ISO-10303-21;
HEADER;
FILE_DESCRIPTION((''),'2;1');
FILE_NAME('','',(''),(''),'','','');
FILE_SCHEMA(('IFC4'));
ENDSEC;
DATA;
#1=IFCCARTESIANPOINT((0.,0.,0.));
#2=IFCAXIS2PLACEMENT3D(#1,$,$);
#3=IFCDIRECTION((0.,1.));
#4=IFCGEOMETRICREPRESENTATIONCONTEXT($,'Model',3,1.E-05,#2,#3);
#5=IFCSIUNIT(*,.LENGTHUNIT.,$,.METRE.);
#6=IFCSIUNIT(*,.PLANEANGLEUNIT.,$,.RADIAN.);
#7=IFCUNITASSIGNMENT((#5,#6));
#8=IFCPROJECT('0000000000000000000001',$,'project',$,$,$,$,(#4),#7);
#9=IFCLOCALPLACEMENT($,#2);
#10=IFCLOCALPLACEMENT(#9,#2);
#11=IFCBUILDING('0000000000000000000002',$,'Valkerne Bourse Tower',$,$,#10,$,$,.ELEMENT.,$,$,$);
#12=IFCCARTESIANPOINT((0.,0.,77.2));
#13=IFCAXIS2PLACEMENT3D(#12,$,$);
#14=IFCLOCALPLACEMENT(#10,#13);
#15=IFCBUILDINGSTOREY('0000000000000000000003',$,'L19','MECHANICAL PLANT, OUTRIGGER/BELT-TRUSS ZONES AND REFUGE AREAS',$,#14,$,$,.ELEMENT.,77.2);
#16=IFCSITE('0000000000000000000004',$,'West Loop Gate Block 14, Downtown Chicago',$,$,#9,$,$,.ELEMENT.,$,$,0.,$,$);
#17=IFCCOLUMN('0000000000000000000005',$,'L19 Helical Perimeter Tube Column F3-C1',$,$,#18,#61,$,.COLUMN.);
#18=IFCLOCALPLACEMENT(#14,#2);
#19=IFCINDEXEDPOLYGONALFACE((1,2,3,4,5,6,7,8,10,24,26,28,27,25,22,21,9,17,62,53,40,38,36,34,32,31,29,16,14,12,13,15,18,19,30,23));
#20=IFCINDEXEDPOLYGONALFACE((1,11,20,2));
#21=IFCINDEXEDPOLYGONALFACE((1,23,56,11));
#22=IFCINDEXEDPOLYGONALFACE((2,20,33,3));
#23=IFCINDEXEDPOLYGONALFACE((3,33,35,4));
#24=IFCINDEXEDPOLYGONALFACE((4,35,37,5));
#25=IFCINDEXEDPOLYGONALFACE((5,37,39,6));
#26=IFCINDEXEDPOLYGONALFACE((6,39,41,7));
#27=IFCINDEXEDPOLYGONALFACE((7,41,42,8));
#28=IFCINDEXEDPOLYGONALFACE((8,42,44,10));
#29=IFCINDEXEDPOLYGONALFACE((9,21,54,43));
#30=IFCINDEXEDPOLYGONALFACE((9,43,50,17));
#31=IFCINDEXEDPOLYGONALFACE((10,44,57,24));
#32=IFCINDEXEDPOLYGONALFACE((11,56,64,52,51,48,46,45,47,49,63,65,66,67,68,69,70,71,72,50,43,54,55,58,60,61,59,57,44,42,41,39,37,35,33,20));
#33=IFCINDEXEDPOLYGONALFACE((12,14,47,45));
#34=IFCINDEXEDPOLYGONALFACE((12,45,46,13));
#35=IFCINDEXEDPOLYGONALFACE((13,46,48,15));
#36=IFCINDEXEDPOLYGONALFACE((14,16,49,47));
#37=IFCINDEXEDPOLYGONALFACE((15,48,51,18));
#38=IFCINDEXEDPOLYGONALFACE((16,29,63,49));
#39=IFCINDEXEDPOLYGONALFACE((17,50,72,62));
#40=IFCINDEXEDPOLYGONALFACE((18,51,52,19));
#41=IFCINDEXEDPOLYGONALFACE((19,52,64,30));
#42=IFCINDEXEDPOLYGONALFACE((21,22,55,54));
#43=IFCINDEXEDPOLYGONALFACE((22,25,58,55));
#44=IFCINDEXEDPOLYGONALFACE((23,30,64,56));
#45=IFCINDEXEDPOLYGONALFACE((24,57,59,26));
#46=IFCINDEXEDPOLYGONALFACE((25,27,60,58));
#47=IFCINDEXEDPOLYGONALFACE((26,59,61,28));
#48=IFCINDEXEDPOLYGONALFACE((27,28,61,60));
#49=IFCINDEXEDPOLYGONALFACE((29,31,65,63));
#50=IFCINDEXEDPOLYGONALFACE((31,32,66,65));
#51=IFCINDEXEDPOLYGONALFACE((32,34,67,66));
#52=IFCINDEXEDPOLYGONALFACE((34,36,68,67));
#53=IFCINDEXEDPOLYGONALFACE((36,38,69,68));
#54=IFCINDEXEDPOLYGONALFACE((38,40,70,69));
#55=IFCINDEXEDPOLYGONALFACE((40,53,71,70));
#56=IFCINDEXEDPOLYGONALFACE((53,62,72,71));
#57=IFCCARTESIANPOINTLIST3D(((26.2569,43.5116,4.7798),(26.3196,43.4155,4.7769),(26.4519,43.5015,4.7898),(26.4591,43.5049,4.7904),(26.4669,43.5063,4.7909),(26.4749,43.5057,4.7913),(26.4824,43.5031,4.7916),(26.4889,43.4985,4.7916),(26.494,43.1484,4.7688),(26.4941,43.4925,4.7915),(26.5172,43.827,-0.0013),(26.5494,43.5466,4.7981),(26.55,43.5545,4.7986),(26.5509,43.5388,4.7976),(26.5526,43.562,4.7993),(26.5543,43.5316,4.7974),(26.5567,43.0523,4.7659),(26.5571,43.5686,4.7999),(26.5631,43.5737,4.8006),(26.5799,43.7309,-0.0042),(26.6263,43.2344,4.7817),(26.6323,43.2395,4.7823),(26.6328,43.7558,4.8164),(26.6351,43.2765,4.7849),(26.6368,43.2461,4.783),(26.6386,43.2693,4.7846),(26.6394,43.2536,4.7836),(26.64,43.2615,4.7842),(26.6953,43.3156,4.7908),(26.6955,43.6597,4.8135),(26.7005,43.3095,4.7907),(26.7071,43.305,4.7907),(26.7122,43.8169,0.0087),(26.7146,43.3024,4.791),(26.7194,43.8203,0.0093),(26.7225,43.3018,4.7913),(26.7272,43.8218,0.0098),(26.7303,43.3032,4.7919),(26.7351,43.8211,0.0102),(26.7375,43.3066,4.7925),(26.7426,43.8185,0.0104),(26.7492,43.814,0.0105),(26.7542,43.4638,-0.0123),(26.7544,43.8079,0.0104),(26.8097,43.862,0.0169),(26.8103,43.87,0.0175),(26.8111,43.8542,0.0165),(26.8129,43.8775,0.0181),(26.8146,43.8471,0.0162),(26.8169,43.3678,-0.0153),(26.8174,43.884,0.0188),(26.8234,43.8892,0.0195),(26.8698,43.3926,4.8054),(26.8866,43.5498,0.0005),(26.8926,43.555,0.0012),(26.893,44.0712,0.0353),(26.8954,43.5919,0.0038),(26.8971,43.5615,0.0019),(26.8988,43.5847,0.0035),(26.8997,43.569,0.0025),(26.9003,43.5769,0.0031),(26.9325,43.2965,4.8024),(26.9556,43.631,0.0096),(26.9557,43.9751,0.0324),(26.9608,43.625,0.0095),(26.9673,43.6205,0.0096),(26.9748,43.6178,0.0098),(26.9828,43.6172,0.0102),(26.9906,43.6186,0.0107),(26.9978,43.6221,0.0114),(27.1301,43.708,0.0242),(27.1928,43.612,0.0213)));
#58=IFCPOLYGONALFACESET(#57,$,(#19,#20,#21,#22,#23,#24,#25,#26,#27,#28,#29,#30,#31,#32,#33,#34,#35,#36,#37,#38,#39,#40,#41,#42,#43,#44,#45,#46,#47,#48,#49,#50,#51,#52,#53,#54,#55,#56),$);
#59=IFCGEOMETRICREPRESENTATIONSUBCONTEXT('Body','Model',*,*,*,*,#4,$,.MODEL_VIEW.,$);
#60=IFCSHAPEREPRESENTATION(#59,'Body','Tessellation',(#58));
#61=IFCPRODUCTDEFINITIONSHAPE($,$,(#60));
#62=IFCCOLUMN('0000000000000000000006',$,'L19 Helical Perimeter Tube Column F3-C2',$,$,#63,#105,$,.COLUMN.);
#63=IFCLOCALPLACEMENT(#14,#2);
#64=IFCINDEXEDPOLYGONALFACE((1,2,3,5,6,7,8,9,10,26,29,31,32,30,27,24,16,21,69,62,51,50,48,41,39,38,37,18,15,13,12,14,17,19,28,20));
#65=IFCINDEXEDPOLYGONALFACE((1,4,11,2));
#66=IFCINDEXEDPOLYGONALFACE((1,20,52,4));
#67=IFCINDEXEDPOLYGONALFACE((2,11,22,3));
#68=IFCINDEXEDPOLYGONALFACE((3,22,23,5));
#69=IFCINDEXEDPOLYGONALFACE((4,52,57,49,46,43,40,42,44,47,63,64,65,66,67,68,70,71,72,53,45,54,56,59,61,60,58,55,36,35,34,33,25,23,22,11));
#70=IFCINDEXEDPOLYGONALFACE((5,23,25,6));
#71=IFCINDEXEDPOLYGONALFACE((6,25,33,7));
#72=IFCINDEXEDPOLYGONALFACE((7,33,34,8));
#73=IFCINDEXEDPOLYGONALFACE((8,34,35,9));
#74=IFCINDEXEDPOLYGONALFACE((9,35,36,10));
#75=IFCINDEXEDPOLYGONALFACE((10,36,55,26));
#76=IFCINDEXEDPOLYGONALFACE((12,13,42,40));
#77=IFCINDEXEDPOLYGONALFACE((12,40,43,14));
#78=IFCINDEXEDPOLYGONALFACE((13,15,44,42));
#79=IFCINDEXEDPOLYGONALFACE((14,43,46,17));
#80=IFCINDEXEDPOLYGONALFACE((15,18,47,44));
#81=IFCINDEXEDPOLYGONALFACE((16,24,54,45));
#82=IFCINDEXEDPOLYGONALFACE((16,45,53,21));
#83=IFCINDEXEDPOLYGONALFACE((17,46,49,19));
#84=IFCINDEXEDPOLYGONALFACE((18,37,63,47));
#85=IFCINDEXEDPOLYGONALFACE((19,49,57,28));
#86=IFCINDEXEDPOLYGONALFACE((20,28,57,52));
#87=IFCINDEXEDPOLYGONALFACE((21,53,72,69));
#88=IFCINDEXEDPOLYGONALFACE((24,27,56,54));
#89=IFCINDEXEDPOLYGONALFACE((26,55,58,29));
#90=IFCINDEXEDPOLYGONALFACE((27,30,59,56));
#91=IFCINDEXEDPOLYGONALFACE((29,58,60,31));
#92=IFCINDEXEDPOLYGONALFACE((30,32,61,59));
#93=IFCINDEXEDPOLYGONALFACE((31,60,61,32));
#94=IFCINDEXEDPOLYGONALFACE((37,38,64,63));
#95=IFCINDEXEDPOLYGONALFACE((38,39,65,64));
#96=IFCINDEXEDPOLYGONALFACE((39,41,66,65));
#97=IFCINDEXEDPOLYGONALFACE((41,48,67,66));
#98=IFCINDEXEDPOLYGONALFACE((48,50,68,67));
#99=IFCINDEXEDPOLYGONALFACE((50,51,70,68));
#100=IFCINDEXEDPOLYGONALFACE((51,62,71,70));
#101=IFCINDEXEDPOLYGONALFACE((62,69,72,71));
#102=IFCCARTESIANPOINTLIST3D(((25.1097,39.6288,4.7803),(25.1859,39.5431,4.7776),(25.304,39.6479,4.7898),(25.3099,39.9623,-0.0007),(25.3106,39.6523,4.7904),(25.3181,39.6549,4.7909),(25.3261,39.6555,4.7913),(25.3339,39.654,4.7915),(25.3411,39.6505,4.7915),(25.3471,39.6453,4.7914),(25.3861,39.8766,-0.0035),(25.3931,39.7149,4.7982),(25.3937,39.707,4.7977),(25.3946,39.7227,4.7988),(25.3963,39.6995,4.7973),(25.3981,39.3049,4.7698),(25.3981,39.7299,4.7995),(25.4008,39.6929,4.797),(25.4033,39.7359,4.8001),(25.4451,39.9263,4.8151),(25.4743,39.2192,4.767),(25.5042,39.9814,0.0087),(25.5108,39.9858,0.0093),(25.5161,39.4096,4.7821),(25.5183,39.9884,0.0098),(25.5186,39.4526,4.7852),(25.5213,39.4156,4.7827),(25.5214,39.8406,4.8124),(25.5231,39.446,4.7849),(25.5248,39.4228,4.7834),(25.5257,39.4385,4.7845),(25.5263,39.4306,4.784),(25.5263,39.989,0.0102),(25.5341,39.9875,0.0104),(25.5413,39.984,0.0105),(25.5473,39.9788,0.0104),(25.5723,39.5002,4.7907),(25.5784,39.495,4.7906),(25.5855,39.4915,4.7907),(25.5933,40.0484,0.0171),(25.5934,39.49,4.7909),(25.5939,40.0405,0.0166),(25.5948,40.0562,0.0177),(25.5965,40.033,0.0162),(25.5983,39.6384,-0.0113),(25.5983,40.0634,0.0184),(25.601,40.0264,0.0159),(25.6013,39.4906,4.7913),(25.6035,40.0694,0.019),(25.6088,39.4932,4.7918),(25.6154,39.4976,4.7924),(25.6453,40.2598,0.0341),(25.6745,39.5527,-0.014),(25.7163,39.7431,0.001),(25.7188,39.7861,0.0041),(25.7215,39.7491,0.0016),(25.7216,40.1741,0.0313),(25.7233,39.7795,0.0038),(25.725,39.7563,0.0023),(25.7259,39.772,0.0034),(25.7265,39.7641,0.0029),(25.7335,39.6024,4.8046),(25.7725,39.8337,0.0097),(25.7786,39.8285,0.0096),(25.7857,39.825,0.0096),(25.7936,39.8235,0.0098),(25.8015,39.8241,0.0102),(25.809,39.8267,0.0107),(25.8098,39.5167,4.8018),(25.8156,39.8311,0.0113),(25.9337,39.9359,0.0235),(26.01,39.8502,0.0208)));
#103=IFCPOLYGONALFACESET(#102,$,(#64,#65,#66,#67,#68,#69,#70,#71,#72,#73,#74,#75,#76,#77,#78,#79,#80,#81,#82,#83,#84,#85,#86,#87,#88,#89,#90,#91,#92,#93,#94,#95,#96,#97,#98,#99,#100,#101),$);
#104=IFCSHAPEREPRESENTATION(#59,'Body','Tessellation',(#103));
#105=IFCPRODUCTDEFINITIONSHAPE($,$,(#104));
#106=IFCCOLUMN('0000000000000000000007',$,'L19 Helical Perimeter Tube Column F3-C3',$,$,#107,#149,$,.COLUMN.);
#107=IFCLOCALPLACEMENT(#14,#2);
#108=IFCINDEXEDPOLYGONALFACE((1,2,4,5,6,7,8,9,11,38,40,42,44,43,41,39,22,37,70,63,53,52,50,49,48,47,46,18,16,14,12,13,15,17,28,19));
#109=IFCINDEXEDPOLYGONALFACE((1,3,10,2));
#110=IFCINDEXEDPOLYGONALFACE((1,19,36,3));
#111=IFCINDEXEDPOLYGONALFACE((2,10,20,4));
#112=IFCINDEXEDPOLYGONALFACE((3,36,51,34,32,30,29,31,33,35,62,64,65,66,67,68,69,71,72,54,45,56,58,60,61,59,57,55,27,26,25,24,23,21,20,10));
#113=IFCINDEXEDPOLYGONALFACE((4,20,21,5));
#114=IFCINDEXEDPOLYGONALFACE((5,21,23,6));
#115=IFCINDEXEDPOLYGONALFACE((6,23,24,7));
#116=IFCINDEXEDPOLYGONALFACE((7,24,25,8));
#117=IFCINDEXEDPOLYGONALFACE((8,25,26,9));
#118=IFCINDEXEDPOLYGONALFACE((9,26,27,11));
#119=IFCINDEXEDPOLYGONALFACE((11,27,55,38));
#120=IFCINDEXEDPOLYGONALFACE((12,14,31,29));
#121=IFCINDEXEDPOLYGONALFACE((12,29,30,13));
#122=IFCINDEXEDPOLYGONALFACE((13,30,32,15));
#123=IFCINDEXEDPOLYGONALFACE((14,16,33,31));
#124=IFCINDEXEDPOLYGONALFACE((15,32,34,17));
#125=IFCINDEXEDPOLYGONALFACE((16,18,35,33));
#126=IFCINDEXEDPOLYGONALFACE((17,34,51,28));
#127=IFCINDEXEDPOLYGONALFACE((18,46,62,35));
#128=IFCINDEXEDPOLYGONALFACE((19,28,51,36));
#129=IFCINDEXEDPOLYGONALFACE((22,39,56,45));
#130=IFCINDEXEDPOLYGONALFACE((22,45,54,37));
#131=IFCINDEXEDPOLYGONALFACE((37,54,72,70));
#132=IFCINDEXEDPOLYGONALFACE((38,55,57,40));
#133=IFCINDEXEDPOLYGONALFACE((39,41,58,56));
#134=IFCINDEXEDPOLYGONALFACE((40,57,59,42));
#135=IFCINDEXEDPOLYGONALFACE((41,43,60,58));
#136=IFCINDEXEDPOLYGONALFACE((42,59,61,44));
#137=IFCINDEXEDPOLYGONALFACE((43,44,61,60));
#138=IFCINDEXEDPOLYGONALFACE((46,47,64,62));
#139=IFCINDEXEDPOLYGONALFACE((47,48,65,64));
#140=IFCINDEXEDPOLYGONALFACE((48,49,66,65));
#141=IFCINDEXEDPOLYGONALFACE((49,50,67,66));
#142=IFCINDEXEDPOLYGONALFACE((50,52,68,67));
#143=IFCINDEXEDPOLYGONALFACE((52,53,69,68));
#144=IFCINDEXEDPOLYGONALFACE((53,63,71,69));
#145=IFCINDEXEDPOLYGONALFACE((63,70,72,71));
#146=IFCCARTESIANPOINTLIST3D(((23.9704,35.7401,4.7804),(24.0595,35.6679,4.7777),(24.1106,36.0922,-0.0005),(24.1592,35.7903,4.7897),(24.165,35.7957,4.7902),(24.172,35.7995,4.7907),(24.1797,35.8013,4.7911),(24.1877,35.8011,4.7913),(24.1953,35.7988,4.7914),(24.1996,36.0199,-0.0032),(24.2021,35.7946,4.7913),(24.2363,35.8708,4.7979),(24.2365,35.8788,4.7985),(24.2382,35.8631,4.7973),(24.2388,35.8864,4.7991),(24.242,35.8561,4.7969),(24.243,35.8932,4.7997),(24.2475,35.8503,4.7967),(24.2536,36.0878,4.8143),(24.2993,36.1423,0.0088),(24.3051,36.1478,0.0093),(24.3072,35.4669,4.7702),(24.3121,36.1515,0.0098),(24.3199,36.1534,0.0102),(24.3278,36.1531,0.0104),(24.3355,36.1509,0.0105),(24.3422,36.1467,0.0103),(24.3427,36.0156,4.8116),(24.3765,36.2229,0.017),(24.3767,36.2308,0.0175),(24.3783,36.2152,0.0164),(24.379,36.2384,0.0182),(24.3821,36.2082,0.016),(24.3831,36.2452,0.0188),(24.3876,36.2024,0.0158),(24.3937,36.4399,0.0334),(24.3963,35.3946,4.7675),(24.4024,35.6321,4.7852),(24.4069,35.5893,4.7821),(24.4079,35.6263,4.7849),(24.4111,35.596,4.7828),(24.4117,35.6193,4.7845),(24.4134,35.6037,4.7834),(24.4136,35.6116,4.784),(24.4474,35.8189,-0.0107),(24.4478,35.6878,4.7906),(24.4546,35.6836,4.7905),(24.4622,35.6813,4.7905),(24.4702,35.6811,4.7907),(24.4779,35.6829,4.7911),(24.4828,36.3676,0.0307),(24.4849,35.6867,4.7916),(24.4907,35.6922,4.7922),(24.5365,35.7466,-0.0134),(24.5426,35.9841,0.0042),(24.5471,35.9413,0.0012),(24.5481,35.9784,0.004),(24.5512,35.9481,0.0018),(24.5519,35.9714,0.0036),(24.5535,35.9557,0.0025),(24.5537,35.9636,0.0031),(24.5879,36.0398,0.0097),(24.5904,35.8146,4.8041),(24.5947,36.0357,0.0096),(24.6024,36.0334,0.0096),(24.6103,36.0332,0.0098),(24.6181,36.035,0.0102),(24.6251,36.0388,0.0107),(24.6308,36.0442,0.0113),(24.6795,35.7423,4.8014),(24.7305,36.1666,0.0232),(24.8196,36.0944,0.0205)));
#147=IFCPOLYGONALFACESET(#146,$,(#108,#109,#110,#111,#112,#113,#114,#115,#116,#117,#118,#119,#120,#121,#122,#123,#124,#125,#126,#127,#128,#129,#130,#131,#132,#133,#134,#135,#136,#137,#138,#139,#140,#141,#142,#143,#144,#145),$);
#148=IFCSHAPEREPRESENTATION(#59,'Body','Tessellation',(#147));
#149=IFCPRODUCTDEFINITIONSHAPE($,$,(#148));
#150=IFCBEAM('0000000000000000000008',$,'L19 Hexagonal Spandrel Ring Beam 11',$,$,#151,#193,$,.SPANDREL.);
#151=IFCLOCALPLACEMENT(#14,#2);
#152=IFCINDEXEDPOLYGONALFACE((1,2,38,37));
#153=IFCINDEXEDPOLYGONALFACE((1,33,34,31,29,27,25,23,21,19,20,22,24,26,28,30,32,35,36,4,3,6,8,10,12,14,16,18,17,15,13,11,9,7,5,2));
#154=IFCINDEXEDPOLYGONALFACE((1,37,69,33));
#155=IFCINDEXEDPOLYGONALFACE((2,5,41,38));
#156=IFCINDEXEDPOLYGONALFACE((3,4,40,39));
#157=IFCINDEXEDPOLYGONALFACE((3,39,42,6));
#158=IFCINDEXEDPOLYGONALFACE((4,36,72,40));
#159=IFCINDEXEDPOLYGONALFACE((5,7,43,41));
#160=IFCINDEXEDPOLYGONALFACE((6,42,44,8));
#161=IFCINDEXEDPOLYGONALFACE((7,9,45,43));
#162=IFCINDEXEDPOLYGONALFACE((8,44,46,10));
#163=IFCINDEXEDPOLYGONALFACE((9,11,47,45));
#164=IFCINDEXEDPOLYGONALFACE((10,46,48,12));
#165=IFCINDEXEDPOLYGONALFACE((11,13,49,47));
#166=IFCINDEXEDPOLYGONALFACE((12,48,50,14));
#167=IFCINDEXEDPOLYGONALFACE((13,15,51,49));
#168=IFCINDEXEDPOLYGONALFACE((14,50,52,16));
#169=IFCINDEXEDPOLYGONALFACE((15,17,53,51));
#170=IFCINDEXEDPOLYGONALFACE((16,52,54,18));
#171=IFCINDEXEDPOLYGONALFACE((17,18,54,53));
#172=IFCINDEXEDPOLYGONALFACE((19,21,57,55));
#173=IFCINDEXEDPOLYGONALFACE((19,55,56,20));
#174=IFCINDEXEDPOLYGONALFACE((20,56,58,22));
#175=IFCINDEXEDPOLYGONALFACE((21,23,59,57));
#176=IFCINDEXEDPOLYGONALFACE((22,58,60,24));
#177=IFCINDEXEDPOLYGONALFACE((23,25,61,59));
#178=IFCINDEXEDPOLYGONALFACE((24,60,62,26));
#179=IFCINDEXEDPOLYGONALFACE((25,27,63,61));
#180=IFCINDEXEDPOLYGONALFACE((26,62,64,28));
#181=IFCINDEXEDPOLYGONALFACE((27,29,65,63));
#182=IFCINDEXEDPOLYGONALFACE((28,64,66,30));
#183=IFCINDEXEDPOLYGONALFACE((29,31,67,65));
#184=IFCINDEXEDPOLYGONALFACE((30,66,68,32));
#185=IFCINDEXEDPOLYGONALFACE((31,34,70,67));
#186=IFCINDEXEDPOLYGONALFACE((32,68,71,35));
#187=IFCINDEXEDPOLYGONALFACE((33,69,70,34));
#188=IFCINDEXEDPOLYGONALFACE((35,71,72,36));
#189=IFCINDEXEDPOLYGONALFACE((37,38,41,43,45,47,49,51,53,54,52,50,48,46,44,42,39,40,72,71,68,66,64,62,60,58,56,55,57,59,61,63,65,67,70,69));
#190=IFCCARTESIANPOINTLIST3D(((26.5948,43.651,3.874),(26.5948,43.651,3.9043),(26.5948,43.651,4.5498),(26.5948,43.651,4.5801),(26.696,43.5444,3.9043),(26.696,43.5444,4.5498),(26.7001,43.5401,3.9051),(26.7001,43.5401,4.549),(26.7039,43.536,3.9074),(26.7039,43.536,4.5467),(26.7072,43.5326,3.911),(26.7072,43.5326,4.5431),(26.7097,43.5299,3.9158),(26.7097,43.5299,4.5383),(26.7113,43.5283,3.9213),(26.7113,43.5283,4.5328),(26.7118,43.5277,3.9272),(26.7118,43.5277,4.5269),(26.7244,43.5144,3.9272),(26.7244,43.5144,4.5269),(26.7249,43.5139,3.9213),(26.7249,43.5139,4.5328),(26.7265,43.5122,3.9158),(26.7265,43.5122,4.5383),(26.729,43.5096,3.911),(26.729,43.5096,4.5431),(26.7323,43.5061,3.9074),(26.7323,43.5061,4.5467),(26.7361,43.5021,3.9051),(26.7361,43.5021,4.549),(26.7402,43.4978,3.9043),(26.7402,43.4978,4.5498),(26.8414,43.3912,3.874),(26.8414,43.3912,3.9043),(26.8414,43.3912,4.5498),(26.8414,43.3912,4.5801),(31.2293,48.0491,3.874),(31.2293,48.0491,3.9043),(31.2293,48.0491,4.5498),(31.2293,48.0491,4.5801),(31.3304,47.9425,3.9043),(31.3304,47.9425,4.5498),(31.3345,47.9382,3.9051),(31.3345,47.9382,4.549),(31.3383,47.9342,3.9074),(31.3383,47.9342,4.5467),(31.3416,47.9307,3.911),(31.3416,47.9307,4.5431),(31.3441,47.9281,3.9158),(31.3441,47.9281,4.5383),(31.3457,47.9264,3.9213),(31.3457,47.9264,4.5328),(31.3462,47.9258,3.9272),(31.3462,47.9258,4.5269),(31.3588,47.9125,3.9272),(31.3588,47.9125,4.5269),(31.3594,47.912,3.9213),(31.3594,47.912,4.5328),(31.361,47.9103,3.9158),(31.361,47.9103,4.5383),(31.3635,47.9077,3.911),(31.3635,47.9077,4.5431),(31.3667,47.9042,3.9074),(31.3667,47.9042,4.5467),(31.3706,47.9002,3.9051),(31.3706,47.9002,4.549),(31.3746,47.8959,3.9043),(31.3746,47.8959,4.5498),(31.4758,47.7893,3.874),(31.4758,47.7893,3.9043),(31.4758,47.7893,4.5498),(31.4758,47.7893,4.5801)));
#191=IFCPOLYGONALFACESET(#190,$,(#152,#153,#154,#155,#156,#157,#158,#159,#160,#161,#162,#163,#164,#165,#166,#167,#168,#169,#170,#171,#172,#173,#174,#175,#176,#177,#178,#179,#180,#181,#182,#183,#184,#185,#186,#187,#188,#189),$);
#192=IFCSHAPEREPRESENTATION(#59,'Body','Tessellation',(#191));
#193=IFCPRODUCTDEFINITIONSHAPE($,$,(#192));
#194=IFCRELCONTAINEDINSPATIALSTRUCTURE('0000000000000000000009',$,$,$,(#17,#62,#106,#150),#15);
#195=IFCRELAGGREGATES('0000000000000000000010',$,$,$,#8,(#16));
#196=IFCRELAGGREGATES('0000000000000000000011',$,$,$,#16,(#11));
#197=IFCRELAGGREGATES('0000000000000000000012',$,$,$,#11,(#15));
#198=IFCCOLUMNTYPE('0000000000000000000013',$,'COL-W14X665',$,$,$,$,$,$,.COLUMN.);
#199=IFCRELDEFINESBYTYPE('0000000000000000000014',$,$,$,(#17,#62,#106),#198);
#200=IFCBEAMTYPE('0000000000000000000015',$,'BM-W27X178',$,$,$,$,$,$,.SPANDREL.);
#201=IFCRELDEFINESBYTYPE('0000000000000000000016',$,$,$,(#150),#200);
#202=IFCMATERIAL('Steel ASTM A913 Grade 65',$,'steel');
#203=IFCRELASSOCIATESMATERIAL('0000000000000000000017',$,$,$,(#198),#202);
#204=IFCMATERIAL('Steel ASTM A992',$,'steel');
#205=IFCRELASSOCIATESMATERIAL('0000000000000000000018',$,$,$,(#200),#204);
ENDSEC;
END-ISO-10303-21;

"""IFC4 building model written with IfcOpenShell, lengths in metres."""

from ifc_helpers import new_model, si_unit, direction, frame, origin, origin_2d, place, context, subcontext, project, spatial, i_section, extrude, material, material_profile, profile_set, type_object, element, save


model = new_model("IFC4")

# Units and contexts
model_context = context("Model", 3, precision=1e-05, world=origin(), true_north=direction((0.0, 1.0)))
body_context = subcontext(model_context, "Body", "Model", "MODEL_VIEW")
ifc_project = project(units=[si_unit("LENGTHUNIT", "METRE"), si_unit("PLANEANGLEUNIT", "RADIAN")], contexts=[model_context])

# Site, building, storey
site_placement = place(None, origin())
site = spatial("IfcSite", under=ifc_project, at=site_placement, Name="West Loop Gate Block 14, Downtown Chicago", CompositionType="ELEMENT", RefElevation=0.0)
building_placement = place(site_placement, origin())
building = spatial("IfcBuilding", under=site, at=building_placement, Name="Valkerne Bourse Tower", CompositionType="ELEMENT")
storey_placement = place(building_placement, frame((0.0, 0.0, 77.2)))
storey = spatial("IfcBuildingStorey", under=building, at=storey_placement, Name="L19", Description="MECHANICAL PLANT, OUTRIGGER/BELT-TRUSS ZONES AND REFUGE AREAS", CompositionType="ELEMENT", Elevation=77.2)

# Columns
ifc_material_1 = material(Name="Steel ASTM A913 Grade 65", Category="steel")
ifc_material_profile_1 = material_profile(ifc_material_1, i_section(OverallWidth=0.4497, OverallDepth=0.5486, WebThickness=0.072, FlangeThickness=0.1147, FilletRadius=0.0305, at=origin_2d()), Name="W14X665")
ifc_profile_set_1 = profile_set([ifc_material_profile_1], Name="Steel ASTM A913 Grade 65")
column_type = type_object("IfcColumnType", Name="COL-W14X665", PredefinedType="COLUMN", material=ifc_profile_set_1)
column_1_placement = place(storey_placement, frame((26.855, 43.7195, 0.01), z_axis=(-0.054237, -0.065736, 0.996362), x_axis=(-0.83575, -0.543055, -0.081322)))
element("IfcColumn", 1, at=column_1_placement, inside=storey, type_object=column_type, Name="L19 Helical Perimeter Tube Column F3-C1", PredefinedType="COLUMN", context=body_context, shape_type="SweptSolid", body=[
    extrude(i_section(OverallWidth=0.4497, OverallDepth=0.5486, WebThickness=0.072, FlangeThickness=0.1147, FilletRadius=0.0305, at=origin_2d()), origin(), (0.0, 0.0, 1.0), 4.7986),
])
column_2_placement = place(storey_placement, frame((25.6599, 39.9062, 0.01), z_axis=(-0.041735, -0.069525, 0.996707), x_axis=(-0.745904, -0.661544, -0.077379)))
element("IfcColumn", 2, at=column_2_placement, inside=storey, type_object=column_type, Name="L19 Helical Perimeter Tube Column F3-C2", PredefinedType="COLUMN", context=body_context, shape_type="SweptSolid", body=[
    extrude(i_section(OverallWidth=0.4497, OverallDepth=0.5486, WebThickness=0.072, FlangeThickness=0.1147, FilletRadius=0.0305, at=origin_2d()), origin(), (0.0, 0.0, 1.0), 4.7969),
])
column_3_placement = place(storey_placement, frame((24.4651, 36.0933, 0.01), z_axis=(-0.02922, -0.073405, 0.996874), x_axis=(-0.629646, -0.773215, -0.075392)))
element("IfcColumn", 3, at=column_3_placement, inside=storey, type_object=column_type, Name="L19 Helical Perimeter Tube Column F3-C3", PredefinedType="COLUMN", context=body_context, shape_type="SweptSolid", body=[
    extrude(i_section(OverallWidth=0.4497, OverallDepth=0.5486, WebThickness=0.072, FlangeThickness=0.1147, FilletRadius=0.0305, at=origin_2d()), origin(), (0.0, 0.0, 1.0), 4.7959),
])

# Beam
ifc_material_2 = material(Name="Steel ASTM A992", Category="steel")
ifc_material_profile_2 = material_profile(ifc_material_2, i_section(OverallWidth=0.3582, OverallDepth=0.7061, WebThickness=0.0183, FlangeThickness=0.0303, FilletRadius=0.0229, at=origin_2d()), Name="W27X178")
ifc_profile_set_2 = profile_set([ifc_material_profile_2], Name="Steel ASTM A992")
beam_type_1 = type_object("IfcBeamType", Name="BM-W27X178", PredefinedType="SPANDREL", material=ifc_profile_set_2)
beam_1_placement = place(storey_placement, frame((31.3525, 47.9192, 4.2271), z_axis=(-0.725359, -0.688371, 0.0), x_axis=(0.688371, -0.725359, 0.0)))
element("IfcBeam", 4, at=beam_1_placement, inside=storey, type_object=beam_type_1, Name="L19 Hexagonal Spandrel Ring Beam 11", PredefinedType="SPANDREL", context=body_context, shape_type="SweptSolid", body=[
    extrude(i_section(OverallWidth=0.3582, OverallDepth=0.7061, WebThickness=0.0183, FlangeThickness=0.0303, FilletRadius=0.0229, at=origin_2d()), origin(), (0.0, 0.0, 1.0), 6.3892),
])

save(model, "model.ifc")
